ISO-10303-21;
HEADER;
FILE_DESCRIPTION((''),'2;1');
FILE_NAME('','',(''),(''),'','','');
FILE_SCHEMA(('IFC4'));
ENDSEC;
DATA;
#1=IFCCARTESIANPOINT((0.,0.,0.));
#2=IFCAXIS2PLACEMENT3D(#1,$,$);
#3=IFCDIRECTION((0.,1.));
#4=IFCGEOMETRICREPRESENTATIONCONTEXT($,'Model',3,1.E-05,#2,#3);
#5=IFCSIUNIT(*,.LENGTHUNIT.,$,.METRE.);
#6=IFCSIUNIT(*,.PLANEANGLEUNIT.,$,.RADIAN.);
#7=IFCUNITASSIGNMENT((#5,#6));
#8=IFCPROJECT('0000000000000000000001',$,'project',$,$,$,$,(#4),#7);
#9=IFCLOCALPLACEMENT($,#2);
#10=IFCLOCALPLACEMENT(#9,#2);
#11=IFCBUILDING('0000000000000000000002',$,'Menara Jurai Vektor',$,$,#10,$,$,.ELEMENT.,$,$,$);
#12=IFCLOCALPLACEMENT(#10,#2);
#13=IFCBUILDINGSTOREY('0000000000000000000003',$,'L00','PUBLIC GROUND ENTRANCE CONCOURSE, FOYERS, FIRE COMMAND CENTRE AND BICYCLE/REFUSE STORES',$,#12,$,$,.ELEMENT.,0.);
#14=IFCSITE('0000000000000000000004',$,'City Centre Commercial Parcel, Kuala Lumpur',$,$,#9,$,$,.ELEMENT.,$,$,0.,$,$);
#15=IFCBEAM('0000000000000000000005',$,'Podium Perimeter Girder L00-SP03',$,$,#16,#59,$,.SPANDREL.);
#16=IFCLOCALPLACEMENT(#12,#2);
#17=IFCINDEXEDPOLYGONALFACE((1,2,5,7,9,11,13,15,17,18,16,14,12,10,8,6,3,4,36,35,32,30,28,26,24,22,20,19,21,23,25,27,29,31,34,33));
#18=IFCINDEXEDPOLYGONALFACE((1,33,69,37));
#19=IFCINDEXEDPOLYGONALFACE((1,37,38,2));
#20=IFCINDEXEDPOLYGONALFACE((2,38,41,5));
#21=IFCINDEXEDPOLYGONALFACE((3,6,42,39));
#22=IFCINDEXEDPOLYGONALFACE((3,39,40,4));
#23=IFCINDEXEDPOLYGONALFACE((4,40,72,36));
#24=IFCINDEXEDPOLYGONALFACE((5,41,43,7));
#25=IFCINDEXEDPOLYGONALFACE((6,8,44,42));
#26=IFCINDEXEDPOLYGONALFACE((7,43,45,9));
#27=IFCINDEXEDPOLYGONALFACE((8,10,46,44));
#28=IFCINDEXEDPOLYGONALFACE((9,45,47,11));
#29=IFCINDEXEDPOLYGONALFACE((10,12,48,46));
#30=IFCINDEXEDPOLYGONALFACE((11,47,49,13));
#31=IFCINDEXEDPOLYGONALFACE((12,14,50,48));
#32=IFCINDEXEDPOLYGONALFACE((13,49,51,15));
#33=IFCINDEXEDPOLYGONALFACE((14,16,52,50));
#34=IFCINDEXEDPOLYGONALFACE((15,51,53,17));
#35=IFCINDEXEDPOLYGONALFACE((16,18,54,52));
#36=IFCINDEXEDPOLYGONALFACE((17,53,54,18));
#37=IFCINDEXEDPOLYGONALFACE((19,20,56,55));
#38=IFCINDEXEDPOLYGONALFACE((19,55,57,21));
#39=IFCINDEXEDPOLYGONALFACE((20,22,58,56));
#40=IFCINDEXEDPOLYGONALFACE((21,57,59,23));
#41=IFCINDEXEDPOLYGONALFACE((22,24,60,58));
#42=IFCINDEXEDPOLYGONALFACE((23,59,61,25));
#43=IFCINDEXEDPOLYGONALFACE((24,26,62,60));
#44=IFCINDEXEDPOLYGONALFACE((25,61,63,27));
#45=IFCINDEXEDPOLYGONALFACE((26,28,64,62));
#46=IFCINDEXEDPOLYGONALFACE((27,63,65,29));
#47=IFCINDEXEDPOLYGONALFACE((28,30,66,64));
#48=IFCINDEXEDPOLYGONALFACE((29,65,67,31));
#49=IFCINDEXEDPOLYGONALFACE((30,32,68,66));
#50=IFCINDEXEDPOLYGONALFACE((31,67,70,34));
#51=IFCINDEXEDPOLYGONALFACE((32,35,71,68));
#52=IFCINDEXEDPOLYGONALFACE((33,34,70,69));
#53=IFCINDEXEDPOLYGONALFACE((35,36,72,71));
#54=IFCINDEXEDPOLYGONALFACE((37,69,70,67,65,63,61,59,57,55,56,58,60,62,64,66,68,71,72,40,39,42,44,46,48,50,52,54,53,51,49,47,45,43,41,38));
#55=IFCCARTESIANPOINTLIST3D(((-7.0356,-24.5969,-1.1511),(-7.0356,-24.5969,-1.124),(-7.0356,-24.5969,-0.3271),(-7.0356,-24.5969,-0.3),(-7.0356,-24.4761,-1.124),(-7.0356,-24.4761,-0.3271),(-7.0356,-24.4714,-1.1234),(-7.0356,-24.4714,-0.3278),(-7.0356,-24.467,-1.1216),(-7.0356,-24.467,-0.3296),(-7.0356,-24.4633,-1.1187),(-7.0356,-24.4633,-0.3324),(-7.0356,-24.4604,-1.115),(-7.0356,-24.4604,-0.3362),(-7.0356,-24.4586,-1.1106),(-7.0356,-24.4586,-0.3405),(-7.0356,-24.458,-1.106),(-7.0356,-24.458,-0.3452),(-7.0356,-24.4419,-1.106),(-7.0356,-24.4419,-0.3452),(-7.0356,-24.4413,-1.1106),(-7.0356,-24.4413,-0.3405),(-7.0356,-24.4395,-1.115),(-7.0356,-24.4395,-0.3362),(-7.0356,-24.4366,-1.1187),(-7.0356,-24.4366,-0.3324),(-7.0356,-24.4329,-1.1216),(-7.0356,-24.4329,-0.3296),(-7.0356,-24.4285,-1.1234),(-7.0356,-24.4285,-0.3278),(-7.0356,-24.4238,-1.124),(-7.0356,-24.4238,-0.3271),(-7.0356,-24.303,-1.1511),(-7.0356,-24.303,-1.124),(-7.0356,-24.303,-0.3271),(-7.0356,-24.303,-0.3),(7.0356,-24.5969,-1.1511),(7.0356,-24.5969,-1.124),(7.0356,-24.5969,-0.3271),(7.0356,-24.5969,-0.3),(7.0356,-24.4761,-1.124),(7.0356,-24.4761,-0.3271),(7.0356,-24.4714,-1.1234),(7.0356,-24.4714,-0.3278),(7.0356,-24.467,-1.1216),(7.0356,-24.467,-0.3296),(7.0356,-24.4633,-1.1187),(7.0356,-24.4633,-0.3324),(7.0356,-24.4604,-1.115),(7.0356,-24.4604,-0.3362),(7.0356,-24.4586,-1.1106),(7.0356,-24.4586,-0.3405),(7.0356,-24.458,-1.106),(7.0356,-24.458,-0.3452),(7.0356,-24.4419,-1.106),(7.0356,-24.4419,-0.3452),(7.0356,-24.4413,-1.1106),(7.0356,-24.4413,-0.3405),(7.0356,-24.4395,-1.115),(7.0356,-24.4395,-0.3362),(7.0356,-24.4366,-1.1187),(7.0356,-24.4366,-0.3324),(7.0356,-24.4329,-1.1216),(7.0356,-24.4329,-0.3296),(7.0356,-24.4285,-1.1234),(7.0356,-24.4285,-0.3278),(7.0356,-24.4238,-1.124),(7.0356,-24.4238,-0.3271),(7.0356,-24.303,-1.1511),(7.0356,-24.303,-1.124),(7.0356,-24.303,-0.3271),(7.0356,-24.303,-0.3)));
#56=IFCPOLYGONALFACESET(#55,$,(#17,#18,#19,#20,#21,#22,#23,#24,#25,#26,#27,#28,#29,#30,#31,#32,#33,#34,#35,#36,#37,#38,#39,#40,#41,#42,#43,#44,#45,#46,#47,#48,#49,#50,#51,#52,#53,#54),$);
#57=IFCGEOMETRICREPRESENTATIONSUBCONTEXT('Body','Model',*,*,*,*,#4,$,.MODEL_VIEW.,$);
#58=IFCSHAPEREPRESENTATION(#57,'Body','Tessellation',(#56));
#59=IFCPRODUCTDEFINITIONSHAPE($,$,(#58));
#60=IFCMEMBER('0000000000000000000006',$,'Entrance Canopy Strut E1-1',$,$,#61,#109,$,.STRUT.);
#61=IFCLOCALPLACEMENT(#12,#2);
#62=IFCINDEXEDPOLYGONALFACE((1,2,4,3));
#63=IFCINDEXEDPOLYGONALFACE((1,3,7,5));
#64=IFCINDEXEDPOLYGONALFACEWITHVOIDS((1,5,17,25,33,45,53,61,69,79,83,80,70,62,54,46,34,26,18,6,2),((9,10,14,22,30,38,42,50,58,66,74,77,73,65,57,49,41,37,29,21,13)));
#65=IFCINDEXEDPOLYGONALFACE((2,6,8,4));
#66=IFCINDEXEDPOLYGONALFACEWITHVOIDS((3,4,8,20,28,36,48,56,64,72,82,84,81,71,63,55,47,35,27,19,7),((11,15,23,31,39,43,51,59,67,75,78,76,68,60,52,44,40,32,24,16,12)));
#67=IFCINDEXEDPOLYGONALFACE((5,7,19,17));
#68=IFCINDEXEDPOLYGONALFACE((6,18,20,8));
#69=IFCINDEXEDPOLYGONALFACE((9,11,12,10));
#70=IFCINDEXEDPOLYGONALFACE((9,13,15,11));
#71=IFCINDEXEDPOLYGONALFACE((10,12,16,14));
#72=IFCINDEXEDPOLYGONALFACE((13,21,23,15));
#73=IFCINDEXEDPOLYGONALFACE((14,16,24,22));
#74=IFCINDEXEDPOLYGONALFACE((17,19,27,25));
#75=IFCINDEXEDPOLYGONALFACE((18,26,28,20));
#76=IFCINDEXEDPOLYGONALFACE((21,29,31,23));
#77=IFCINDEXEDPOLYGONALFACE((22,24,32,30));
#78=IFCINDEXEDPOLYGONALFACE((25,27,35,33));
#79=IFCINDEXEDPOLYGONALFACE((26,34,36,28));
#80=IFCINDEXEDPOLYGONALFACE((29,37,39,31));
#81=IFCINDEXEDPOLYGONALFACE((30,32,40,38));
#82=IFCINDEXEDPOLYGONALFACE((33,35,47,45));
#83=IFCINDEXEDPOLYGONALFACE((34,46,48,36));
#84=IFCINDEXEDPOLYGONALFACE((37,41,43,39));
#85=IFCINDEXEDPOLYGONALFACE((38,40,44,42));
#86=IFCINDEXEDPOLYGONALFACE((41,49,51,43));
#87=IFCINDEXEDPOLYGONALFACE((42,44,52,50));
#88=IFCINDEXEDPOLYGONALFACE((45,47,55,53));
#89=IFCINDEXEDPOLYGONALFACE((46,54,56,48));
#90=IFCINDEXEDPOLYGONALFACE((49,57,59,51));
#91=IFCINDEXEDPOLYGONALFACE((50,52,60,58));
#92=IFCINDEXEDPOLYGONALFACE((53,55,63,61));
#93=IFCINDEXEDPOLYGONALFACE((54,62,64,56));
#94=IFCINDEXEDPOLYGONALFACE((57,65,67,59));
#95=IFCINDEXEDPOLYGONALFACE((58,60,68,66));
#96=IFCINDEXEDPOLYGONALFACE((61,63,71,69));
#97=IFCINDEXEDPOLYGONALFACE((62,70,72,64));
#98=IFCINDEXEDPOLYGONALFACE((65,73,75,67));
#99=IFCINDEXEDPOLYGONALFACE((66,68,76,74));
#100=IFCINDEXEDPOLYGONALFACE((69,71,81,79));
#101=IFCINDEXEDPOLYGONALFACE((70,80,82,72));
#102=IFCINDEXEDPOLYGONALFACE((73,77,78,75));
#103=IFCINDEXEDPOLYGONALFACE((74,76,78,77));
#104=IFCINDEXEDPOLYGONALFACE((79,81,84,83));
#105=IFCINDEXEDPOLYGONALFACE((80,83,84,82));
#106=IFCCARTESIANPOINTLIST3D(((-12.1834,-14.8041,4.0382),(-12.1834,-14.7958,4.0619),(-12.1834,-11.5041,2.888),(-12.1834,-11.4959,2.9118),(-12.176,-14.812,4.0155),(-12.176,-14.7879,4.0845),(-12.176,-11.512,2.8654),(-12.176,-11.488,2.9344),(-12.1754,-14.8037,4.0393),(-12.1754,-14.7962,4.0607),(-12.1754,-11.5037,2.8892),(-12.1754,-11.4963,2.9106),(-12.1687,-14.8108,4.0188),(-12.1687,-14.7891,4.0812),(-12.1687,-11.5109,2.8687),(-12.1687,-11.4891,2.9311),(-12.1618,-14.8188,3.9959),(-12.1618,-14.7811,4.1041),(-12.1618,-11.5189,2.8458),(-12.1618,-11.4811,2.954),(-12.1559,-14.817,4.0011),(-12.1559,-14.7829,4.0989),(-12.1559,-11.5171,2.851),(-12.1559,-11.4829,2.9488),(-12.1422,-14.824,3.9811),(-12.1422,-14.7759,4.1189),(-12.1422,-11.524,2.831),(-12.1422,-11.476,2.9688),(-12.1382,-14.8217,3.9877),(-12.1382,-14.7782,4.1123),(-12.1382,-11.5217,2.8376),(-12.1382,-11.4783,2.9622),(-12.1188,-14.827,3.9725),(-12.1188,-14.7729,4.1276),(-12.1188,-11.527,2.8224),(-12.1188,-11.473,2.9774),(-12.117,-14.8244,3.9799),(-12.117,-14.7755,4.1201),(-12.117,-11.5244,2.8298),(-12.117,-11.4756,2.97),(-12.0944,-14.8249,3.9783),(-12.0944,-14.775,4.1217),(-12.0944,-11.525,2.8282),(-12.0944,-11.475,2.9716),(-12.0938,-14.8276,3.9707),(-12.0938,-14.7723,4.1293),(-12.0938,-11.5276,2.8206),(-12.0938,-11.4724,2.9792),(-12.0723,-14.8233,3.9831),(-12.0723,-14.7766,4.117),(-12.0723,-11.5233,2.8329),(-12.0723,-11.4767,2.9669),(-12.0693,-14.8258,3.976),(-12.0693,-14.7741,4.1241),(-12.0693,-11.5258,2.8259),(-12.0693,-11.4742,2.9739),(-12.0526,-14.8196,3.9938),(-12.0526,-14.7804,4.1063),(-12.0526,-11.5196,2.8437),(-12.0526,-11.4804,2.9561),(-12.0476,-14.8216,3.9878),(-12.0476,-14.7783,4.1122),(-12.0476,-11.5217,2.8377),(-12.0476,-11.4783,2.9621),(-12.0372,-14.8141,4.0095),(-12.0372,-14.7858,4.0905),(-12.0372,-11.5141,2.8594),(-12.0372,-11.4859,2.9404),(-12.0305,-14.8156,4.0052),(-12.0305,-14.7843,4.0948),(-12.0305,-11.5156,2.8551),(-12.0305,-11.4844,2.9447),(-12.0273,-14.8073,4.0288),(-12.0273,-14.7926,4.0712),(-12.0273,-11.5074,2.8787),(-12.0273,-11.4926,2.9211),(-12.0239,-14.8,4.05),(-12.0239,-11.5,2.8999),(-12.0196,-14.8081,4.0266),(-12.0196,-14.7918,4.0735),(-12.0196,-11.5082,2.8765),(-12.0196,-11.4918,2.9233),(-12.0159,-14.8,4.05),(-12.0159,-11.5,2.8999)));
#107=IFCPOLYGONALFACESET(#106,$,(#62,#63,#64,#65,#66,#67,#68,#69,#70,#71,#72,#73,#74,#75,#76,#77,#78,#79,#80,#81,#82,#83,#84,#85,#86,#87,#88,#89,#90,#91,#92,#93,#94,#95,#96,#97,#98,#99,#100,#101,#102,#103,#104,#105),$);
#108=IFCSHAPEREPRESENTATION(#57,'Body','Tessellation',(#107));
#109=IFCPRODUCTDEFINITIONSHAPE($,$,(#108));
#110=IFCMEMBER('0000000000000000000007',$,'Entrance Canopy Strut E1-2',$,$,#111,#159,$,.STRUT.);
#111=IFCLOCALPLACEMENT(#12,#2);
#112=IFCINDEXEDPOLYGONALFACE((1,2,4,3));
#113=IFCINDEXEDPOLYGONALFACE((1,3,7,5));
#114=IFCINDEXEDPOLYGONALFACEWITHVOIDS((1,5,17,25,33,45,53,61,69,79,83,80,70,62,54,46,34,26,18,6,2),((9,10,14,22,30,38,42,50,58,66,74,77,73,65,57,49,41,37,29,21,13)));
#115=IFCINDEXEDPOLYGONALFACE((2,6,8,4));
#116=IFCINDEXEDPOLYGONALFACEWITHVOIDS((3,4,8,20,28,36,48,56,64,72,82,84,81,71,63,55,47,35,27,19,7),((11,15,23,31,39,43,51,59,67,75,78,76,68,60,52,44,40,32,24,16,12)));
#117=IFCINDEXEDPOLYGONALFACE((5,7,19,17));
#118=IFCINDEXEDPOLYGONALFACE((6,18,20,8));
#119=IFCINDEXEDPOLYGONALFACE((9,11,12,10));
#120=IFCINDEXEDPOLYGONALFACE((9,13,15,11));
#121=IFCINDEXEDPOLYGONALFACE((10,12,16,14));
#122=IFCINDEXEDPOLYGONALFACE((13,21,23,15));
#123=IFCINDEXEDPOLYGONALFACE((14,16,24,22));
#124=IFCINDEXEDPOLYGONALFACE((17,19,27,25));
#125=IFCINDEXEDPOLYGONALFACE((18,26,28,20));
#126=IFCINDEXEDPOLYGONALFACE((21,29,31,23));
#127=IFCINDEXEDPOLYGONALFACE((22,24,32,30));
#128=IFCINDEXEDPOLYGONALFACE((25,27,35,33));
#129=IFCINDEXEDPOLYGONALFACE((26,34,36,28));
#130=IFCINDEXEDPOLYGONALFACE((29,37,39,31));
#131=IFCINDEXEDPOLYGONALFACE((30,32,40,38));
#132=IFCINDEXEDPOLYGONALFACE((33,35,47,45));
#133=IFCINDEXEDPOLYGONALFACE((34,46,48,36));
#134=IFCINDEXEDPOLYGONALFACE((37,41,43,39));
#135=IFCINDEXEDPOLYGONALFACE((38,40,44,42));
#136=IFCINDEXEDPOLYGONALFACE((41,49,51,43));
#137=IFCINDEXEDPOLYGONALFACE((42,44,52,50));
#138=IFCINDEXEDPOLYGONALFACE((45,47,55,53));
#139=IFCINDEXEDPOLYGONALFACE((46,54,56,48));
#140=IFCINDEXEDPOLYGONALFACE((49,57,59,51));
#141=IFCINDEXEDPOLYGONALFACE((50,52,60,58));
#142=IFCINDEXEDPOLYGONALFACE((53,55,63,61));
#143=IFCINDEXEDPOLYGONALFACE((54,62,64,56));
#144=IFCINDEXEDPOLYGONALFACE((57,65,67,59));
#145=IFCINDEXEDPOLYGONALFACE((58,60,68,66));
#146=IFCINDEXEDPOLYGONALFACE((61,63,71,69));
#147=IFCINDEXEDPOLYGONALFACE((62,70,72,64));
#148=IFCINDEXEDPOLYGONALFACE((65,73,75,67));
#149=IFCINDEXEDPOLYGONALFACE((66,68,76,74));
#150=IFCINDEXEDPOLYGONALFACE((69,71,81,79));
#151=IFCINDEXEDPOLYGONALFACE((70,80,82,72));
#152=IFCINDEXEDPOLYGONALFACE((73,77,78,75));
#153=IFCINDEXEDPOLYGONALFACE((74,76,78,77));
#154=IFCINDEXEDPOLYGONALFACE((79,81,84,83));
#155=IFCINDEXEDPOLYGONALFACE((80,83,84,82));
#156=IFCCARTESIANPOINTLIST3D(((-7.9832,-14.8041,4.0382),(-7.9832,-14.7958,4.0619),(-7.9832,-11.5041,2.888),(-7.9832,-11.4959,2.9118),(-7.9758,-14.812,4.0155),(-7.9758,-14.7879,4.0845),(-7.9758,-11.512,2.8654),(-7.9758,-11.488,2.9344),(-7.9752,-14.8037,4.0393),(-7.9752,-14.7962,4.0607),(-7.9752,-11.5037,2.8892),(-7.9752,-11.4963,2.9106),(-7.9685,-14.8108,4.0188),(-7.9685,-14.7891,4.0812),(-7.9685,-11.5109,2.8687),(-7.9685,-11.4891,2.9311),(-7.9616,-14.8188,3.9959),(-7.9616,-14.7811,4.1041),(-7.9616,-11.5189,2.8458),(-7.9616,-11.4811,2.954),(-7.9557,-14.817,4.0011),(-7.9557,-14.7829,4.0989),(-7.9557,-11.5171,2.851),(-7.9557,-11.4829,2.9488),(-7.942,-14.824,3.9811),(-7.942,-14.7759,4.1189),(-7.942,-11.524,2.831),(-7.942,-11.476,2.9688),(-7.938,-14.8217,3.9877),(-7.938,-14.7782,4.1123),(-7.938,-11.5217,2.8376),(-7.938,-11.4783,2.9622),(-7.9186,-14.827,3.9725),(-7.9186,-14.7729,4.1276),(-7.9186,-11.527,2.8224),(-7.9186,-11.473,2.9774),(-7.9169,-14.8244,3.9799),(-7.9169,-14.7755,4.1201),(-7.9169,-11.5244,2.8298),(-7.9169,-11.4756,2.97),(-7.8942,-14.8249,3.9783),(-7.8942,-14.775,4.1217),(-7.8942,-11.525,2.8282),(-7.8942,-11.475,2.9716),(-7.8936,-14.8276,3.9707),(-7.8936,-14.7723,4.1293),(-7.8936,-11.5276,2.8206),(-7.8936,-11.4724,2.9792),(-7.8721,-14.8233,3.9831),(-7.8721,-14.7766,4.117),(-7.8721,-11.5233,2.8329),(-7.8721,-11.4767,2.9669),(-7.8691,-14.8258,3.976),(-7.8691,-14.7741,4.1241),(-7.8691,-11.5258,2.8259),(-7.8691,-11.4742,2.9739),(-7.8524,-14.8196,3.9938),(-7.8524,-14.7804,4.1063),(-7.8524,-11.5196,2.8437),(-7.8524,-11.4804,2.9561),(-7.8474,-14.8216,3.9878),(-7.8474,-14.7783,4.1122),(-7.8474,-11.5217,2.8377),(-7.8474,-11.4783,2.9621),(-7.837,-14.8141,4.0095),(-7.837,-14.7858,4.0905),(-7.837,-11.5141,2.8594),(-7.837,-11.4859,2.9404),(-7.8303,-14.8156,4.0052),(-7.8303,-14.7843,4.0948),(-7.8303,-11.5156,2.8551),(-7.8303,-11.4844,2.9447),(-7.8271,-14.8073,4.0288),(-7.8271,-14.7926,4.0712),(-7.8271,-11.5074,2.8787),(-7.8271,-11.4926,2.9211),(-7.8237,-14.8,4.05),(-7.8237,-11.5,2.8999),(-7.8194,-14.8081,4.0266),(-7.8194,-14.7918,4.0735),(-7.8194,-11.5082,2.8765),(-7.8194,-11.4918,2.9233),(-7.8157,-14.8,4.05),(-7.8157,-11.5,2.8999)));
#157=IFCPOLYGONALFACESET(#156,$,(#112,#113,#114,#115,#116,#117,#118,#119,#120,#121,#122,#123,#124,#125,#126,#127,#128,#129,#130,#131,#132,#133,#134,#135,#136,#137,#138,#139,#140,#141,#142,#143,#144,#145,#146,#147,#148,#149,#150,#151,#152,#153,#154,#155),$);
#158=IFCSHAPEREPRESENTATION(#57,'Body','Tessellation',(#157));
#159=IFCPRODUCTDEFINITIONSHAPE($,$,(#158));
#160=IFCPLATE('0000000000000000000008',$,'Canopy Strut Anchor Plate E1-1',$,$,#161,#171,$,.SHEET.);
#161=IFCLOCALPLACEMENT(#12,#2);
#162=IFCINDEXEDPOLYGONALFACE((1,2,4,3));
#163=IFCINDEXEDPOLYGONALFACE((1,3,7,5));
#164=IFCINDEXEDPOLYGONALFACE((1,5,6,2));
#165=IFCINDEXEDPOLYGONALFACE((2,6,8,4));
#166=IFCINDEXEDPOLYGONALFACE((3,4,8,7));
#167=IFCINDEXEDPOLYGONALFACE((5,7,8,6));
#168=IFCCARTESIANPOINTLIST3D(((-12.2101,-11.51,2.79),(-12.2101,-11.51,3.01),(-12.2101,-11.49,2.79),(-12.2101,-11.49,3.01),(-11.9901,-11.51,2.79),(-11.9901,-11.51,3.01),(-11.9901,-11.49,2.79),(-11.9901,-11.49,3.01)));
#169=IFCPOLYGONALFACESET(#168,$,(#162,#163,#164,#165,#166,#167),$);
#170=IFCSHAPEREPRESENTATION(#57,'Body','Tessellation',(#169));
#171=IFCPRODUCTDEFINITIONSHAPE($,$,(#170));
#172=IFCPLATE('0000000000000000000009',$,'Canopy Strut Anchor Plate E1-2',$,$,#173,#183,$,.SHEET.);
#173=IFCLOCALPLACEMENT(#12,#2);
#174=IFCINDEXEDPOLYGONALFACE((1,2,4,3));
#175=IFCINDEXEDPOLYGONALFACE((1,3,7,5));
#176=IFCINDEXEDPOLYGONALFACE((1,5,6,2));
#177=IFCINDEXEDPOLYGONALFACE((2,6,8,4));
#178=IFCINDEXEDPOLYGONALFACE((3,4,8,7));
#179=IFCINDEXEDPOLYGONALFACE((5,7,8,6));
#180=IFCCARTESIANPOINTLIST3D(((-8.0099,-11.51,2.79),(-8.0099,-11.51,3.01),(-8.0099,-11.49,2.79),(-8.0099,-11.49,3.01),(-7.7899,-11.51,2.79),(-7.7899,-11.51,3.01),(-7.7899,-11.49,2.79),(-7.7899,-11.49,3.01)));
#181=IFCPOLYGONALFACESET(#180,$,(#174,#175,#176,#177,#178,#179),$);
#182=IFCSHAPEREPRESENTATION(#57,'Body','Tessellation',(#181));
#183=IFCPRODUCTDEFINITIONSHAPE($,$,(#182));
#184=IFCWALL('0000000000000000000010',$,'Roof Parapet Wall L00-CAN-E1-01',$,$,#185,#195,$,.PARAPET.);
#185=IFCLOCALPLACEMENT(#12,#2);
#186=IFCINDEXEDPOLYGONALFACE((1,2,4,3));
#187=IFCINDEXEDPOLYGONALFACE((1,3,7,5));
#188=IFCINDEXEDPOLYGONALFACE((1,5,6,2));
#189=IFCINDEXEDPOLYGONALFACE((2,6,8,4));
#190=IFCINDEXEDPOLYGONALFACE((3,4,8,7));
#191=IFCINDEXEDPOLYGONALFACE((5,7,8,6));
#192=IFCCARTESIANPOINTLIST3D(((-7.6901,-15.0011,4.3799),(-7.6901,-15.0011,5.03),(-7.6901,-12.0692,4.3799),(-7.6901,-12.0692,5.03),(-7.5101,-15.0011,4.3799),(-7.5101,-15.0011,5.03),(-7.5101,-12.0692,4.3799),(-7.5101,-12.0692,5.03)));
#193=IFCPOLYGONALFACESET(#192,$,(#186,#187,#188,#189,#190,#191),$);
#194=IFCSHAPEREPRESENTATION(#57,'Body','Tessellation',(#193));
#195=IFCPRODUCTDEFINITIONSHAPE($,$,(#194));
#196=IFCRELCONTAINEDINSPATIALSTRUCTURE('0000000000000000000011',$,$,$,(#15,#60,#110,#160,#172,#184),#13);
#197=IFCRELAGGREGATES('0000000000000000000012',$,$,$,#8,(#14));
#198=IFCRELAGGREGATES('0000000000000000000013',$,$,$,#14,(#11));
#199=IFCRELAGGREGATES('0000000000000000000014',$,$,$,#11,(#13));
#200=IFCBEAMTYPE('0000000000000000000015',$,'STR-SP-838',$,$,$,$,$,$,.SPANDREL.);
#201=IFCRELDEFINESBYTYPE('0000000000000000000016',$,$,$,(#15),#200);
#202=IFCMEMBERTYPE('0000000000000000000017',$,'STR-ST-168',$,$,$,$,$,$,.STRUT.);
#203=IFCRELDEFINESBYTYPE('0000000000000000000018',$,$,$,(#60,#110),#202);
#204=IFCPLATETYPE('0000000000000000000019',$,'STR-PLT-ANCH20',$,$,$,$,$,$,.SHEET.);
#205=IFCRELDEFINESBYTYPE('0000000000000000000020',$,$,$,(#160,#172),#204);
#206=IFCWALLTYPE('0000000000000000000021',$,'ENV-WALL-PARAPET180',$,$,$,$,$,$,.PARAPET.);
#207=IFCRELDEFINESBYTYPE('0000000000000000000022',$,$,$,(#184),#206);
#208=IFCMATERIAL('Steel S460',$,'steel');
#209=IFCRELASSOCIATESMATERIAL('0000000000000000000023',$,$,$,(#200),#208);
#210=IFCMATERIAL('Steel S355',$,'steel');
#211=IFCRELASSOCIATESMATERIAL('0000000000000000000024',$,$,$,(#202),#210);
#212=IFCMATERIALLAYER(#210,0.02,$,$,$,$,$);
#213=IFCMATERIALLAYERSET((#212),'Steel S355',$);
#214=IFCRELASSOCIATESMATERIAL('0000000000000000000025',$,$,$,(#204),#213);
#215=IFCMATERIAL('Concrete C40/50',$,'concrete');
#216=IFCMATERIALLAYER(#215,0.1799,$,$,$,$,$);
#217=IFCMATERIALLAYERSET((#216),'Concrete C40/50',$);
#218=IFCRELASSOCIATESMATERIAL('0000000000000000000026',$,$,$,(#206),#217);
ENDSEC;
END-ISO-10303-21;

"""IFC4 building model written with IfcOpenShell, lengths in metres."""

from ifc_helpers import new_model, si_unit, direction, frame, frame_2d, origin, origin_2d, place, context, subcontext, project, spatial, rectangle, hollow_circle, i_section, extrude, material, layer, layer_set, material_profile, profile_set, type_object, element, save


model = new_model("IFC4")

# Units and contexts
model_context = context("Model", 3, precision=1e-05, world=origin(), true_north=direction((0.0, 1.0)))
body_context = subcontext(model_context, "Body", "Model", "MODEL_VIEW")
ifc_project = project(units=[si_unit("LENGTHUNIT", "METRE"), si_unit("PLANEANGLEUNIT", "RADIAN")], contexts=[model_context])

# Site, building, storey
site_placement = place(None, origin())
site = spatial("IfcSite", under=ifc_project, at=site_placement, Name="City Centre Commercial Parcel, Kuala Lumpur", CompositionType="ELEMENT", RefElevation=0.0)
building_placement = place(site_placement, origin())
building = spatial("IfcBuilding", under=site, at=building_placement, Name="Menara Jurai Vektor", CompositionType="ELEMENT")
storey_placement = place(building_placement, origin())
storey = spatial("IfcBuildingStorey", under=building, at=storey_placement, Name="L00", Description="PUBLIC GROUND ENTRANCE CONCOURSE, FOYERS, FIRE COMMAND CENTRE AND BICYCLE/REFUSE STORES", CompositionType="ELEMENT", Elevation=0.0)

# Shared definitions
ifc_material_1 = material(Name="Steel S355", Category="steel")
ifc_material_2 = material(Name="Steel S460", Category="steel")

# Beam
ifc_material_profile_1 = material_profile(ifc_material_2, i_section(OverallWidth=0.2939, OverallDepth=0.8511, WebThickness=0.0161, FlangeThickness=0.0271, FilletRadius=0.0181, at=origin_2d()), Name="UKB 838x292x226")
ifc_profile_set_1 = profile_set([ifc_material_profile_1], Name="Steel S460")
beam_type_1 = type_object("IfcBeamType", Name="STR-SP-838", PredefinedType="SPANDREL", material=ifc_profile_set_1)
beam_1_placement = place(storey_placement, frame((-7.0356, -24.45, -0.7256), z_axis=(1.0, 0.0, 0.0), x_axis=(0.0, 1.0, 0.0)))
element("IfcBeam", 1, at=beam_1_placement, inside=storey, type_object=beam_type_1, Name="Podium Perimeter Girder L00-SP03", PredefinedType="SPANDREL", context=body_context, shape_type="SweptSolid", body=[
    extrude(i_section(OverallWidth=0.2939, OverallDepth=0.8511, WebThickness=0.0161, FlangeThickness=0.0271, FilletRadius=0.0181, at=origin_2d()), origin(), (0.0, 0.0, 1.0), 14.0713),
])

# Members
ifc_material_profile_2 = material_profile(ifc_material_1, hollow_circle(Radius=0.0842, WallThickness=0.0081, at=origin_2d()), Name="CHS 168.3x8")
ifc_profile_set_2 = profile_set([ifc_material_profile_2], Name="Steel S355")
member_type_1 = type_object("IfcMemberType", Name="STR-ST-168", PredefinedType="STRUT", material=ifc_profile_set_2)
for number, where, z_axis, x_axis, name in (
    (2, (-12.1001, -11.5, 2.8999), (0.0, -0.944292, 0.329109), (1.0, 0.0, 0.0), "Entrance Canopy Strut E1-1"),
    (3, (-7.8999, -11.5, 2.8999), (0.0, -0.944292, 0.329109), (1.0, 0.0, 0.0), "Entrance Canopy Strut E1-2"),
):
    element("IfcMember", number, at=place(storey_placement, frame(where, z_axis=z_axis, x_axis=x_axis)), inside=storey, type_object=member_type_1, Name=name, PredefinedType="STRUT", context=body_context, shape_type="SweptSolid", body=[
        extrude(hollow_circle(Radius=0.0842, WallThickness=0.0081, at=origin_2d()), origin(), (0.0, 0.0, 1.0), 3.4946),
    ])

# Plates
ifc_layer_1 = layer(ifc_material_1, 0.02)
ifc_layer_set_1 = layer_set([ifc_layer_1], Name="Steel S355")
plate_type = type_object("IfcPlateType", Name="STR-PLT-ANCH20", PredefinedType="SHEET", material=ifc_layer_set_1)
for number, where, z_axis, x_axis, name in (
    (4, (-12.1001, -11.5, 2.79), (0.0, 0.0, 1.0), (1.0, 0.0, 0.0), "Canopy Strut Anchor Plate E1-1"),
    (5, (-7.8999, -11.5, 2.79), (0.0, 0.0, 1.0), (1.0, 0.0, 0.0), "Canopy Strut Anchor Plate E1-2"),
):
    element("IfcPlate", number, at=place(storey_placement, frame(where, z_axis=z_axis, x_axis=x_axis)), inside=storey, type_object=plate_type, Name=name, PredefinedType="SHEET", context=body_context, shape_type="SweptSolid", body=[
        extrude(rectangle(XDim=0.22, YDim=0.02, at=origin_2d()), origin(), (0.0, 0.0, 1.0), 0.22),
    ])

# Wall
ifc_material_3 = material(Name="Concrete C40/50", Category="concrete")
ifc_layer_2 = layer(ifc_material_3, 0.1799)
ifc_layer_set_2 = layer_set([ifc_layer_2], Name="Concrete C40/50")
wall_type_1 = type_object("IfcWallType", Name="ENV-WALL-PARAPET180", PredefinedType="PARAPET", material=ifc_layer_set_2)
for number, where, z_axis, x_axis, name in (
    (6, (-7.6001, -15.001, 4.3799), (0.0, 0.0, 1.0), (0.0, 1.0, 0.0), "Roof Parapet Wall L00-CAN-E1-01"),
):
    element("IfcWall", number, at=place(storey_placement, frame(where, z_axis=z_axis, x_axis=x_axis)), inside=storey, type_object=wall_type_1, Name=name, PredefinedType="PARAPET", context=body_context, shape_type="SweptSolid", body=[
        extrude(rectangle(XDim=2.9319, YDim=0.1799, at=frame_2d((1.4658, 0.0))), origin(), (0.0, 0.0, 1.0), 0.6501),
    ])

save(model, "model.ifc")
